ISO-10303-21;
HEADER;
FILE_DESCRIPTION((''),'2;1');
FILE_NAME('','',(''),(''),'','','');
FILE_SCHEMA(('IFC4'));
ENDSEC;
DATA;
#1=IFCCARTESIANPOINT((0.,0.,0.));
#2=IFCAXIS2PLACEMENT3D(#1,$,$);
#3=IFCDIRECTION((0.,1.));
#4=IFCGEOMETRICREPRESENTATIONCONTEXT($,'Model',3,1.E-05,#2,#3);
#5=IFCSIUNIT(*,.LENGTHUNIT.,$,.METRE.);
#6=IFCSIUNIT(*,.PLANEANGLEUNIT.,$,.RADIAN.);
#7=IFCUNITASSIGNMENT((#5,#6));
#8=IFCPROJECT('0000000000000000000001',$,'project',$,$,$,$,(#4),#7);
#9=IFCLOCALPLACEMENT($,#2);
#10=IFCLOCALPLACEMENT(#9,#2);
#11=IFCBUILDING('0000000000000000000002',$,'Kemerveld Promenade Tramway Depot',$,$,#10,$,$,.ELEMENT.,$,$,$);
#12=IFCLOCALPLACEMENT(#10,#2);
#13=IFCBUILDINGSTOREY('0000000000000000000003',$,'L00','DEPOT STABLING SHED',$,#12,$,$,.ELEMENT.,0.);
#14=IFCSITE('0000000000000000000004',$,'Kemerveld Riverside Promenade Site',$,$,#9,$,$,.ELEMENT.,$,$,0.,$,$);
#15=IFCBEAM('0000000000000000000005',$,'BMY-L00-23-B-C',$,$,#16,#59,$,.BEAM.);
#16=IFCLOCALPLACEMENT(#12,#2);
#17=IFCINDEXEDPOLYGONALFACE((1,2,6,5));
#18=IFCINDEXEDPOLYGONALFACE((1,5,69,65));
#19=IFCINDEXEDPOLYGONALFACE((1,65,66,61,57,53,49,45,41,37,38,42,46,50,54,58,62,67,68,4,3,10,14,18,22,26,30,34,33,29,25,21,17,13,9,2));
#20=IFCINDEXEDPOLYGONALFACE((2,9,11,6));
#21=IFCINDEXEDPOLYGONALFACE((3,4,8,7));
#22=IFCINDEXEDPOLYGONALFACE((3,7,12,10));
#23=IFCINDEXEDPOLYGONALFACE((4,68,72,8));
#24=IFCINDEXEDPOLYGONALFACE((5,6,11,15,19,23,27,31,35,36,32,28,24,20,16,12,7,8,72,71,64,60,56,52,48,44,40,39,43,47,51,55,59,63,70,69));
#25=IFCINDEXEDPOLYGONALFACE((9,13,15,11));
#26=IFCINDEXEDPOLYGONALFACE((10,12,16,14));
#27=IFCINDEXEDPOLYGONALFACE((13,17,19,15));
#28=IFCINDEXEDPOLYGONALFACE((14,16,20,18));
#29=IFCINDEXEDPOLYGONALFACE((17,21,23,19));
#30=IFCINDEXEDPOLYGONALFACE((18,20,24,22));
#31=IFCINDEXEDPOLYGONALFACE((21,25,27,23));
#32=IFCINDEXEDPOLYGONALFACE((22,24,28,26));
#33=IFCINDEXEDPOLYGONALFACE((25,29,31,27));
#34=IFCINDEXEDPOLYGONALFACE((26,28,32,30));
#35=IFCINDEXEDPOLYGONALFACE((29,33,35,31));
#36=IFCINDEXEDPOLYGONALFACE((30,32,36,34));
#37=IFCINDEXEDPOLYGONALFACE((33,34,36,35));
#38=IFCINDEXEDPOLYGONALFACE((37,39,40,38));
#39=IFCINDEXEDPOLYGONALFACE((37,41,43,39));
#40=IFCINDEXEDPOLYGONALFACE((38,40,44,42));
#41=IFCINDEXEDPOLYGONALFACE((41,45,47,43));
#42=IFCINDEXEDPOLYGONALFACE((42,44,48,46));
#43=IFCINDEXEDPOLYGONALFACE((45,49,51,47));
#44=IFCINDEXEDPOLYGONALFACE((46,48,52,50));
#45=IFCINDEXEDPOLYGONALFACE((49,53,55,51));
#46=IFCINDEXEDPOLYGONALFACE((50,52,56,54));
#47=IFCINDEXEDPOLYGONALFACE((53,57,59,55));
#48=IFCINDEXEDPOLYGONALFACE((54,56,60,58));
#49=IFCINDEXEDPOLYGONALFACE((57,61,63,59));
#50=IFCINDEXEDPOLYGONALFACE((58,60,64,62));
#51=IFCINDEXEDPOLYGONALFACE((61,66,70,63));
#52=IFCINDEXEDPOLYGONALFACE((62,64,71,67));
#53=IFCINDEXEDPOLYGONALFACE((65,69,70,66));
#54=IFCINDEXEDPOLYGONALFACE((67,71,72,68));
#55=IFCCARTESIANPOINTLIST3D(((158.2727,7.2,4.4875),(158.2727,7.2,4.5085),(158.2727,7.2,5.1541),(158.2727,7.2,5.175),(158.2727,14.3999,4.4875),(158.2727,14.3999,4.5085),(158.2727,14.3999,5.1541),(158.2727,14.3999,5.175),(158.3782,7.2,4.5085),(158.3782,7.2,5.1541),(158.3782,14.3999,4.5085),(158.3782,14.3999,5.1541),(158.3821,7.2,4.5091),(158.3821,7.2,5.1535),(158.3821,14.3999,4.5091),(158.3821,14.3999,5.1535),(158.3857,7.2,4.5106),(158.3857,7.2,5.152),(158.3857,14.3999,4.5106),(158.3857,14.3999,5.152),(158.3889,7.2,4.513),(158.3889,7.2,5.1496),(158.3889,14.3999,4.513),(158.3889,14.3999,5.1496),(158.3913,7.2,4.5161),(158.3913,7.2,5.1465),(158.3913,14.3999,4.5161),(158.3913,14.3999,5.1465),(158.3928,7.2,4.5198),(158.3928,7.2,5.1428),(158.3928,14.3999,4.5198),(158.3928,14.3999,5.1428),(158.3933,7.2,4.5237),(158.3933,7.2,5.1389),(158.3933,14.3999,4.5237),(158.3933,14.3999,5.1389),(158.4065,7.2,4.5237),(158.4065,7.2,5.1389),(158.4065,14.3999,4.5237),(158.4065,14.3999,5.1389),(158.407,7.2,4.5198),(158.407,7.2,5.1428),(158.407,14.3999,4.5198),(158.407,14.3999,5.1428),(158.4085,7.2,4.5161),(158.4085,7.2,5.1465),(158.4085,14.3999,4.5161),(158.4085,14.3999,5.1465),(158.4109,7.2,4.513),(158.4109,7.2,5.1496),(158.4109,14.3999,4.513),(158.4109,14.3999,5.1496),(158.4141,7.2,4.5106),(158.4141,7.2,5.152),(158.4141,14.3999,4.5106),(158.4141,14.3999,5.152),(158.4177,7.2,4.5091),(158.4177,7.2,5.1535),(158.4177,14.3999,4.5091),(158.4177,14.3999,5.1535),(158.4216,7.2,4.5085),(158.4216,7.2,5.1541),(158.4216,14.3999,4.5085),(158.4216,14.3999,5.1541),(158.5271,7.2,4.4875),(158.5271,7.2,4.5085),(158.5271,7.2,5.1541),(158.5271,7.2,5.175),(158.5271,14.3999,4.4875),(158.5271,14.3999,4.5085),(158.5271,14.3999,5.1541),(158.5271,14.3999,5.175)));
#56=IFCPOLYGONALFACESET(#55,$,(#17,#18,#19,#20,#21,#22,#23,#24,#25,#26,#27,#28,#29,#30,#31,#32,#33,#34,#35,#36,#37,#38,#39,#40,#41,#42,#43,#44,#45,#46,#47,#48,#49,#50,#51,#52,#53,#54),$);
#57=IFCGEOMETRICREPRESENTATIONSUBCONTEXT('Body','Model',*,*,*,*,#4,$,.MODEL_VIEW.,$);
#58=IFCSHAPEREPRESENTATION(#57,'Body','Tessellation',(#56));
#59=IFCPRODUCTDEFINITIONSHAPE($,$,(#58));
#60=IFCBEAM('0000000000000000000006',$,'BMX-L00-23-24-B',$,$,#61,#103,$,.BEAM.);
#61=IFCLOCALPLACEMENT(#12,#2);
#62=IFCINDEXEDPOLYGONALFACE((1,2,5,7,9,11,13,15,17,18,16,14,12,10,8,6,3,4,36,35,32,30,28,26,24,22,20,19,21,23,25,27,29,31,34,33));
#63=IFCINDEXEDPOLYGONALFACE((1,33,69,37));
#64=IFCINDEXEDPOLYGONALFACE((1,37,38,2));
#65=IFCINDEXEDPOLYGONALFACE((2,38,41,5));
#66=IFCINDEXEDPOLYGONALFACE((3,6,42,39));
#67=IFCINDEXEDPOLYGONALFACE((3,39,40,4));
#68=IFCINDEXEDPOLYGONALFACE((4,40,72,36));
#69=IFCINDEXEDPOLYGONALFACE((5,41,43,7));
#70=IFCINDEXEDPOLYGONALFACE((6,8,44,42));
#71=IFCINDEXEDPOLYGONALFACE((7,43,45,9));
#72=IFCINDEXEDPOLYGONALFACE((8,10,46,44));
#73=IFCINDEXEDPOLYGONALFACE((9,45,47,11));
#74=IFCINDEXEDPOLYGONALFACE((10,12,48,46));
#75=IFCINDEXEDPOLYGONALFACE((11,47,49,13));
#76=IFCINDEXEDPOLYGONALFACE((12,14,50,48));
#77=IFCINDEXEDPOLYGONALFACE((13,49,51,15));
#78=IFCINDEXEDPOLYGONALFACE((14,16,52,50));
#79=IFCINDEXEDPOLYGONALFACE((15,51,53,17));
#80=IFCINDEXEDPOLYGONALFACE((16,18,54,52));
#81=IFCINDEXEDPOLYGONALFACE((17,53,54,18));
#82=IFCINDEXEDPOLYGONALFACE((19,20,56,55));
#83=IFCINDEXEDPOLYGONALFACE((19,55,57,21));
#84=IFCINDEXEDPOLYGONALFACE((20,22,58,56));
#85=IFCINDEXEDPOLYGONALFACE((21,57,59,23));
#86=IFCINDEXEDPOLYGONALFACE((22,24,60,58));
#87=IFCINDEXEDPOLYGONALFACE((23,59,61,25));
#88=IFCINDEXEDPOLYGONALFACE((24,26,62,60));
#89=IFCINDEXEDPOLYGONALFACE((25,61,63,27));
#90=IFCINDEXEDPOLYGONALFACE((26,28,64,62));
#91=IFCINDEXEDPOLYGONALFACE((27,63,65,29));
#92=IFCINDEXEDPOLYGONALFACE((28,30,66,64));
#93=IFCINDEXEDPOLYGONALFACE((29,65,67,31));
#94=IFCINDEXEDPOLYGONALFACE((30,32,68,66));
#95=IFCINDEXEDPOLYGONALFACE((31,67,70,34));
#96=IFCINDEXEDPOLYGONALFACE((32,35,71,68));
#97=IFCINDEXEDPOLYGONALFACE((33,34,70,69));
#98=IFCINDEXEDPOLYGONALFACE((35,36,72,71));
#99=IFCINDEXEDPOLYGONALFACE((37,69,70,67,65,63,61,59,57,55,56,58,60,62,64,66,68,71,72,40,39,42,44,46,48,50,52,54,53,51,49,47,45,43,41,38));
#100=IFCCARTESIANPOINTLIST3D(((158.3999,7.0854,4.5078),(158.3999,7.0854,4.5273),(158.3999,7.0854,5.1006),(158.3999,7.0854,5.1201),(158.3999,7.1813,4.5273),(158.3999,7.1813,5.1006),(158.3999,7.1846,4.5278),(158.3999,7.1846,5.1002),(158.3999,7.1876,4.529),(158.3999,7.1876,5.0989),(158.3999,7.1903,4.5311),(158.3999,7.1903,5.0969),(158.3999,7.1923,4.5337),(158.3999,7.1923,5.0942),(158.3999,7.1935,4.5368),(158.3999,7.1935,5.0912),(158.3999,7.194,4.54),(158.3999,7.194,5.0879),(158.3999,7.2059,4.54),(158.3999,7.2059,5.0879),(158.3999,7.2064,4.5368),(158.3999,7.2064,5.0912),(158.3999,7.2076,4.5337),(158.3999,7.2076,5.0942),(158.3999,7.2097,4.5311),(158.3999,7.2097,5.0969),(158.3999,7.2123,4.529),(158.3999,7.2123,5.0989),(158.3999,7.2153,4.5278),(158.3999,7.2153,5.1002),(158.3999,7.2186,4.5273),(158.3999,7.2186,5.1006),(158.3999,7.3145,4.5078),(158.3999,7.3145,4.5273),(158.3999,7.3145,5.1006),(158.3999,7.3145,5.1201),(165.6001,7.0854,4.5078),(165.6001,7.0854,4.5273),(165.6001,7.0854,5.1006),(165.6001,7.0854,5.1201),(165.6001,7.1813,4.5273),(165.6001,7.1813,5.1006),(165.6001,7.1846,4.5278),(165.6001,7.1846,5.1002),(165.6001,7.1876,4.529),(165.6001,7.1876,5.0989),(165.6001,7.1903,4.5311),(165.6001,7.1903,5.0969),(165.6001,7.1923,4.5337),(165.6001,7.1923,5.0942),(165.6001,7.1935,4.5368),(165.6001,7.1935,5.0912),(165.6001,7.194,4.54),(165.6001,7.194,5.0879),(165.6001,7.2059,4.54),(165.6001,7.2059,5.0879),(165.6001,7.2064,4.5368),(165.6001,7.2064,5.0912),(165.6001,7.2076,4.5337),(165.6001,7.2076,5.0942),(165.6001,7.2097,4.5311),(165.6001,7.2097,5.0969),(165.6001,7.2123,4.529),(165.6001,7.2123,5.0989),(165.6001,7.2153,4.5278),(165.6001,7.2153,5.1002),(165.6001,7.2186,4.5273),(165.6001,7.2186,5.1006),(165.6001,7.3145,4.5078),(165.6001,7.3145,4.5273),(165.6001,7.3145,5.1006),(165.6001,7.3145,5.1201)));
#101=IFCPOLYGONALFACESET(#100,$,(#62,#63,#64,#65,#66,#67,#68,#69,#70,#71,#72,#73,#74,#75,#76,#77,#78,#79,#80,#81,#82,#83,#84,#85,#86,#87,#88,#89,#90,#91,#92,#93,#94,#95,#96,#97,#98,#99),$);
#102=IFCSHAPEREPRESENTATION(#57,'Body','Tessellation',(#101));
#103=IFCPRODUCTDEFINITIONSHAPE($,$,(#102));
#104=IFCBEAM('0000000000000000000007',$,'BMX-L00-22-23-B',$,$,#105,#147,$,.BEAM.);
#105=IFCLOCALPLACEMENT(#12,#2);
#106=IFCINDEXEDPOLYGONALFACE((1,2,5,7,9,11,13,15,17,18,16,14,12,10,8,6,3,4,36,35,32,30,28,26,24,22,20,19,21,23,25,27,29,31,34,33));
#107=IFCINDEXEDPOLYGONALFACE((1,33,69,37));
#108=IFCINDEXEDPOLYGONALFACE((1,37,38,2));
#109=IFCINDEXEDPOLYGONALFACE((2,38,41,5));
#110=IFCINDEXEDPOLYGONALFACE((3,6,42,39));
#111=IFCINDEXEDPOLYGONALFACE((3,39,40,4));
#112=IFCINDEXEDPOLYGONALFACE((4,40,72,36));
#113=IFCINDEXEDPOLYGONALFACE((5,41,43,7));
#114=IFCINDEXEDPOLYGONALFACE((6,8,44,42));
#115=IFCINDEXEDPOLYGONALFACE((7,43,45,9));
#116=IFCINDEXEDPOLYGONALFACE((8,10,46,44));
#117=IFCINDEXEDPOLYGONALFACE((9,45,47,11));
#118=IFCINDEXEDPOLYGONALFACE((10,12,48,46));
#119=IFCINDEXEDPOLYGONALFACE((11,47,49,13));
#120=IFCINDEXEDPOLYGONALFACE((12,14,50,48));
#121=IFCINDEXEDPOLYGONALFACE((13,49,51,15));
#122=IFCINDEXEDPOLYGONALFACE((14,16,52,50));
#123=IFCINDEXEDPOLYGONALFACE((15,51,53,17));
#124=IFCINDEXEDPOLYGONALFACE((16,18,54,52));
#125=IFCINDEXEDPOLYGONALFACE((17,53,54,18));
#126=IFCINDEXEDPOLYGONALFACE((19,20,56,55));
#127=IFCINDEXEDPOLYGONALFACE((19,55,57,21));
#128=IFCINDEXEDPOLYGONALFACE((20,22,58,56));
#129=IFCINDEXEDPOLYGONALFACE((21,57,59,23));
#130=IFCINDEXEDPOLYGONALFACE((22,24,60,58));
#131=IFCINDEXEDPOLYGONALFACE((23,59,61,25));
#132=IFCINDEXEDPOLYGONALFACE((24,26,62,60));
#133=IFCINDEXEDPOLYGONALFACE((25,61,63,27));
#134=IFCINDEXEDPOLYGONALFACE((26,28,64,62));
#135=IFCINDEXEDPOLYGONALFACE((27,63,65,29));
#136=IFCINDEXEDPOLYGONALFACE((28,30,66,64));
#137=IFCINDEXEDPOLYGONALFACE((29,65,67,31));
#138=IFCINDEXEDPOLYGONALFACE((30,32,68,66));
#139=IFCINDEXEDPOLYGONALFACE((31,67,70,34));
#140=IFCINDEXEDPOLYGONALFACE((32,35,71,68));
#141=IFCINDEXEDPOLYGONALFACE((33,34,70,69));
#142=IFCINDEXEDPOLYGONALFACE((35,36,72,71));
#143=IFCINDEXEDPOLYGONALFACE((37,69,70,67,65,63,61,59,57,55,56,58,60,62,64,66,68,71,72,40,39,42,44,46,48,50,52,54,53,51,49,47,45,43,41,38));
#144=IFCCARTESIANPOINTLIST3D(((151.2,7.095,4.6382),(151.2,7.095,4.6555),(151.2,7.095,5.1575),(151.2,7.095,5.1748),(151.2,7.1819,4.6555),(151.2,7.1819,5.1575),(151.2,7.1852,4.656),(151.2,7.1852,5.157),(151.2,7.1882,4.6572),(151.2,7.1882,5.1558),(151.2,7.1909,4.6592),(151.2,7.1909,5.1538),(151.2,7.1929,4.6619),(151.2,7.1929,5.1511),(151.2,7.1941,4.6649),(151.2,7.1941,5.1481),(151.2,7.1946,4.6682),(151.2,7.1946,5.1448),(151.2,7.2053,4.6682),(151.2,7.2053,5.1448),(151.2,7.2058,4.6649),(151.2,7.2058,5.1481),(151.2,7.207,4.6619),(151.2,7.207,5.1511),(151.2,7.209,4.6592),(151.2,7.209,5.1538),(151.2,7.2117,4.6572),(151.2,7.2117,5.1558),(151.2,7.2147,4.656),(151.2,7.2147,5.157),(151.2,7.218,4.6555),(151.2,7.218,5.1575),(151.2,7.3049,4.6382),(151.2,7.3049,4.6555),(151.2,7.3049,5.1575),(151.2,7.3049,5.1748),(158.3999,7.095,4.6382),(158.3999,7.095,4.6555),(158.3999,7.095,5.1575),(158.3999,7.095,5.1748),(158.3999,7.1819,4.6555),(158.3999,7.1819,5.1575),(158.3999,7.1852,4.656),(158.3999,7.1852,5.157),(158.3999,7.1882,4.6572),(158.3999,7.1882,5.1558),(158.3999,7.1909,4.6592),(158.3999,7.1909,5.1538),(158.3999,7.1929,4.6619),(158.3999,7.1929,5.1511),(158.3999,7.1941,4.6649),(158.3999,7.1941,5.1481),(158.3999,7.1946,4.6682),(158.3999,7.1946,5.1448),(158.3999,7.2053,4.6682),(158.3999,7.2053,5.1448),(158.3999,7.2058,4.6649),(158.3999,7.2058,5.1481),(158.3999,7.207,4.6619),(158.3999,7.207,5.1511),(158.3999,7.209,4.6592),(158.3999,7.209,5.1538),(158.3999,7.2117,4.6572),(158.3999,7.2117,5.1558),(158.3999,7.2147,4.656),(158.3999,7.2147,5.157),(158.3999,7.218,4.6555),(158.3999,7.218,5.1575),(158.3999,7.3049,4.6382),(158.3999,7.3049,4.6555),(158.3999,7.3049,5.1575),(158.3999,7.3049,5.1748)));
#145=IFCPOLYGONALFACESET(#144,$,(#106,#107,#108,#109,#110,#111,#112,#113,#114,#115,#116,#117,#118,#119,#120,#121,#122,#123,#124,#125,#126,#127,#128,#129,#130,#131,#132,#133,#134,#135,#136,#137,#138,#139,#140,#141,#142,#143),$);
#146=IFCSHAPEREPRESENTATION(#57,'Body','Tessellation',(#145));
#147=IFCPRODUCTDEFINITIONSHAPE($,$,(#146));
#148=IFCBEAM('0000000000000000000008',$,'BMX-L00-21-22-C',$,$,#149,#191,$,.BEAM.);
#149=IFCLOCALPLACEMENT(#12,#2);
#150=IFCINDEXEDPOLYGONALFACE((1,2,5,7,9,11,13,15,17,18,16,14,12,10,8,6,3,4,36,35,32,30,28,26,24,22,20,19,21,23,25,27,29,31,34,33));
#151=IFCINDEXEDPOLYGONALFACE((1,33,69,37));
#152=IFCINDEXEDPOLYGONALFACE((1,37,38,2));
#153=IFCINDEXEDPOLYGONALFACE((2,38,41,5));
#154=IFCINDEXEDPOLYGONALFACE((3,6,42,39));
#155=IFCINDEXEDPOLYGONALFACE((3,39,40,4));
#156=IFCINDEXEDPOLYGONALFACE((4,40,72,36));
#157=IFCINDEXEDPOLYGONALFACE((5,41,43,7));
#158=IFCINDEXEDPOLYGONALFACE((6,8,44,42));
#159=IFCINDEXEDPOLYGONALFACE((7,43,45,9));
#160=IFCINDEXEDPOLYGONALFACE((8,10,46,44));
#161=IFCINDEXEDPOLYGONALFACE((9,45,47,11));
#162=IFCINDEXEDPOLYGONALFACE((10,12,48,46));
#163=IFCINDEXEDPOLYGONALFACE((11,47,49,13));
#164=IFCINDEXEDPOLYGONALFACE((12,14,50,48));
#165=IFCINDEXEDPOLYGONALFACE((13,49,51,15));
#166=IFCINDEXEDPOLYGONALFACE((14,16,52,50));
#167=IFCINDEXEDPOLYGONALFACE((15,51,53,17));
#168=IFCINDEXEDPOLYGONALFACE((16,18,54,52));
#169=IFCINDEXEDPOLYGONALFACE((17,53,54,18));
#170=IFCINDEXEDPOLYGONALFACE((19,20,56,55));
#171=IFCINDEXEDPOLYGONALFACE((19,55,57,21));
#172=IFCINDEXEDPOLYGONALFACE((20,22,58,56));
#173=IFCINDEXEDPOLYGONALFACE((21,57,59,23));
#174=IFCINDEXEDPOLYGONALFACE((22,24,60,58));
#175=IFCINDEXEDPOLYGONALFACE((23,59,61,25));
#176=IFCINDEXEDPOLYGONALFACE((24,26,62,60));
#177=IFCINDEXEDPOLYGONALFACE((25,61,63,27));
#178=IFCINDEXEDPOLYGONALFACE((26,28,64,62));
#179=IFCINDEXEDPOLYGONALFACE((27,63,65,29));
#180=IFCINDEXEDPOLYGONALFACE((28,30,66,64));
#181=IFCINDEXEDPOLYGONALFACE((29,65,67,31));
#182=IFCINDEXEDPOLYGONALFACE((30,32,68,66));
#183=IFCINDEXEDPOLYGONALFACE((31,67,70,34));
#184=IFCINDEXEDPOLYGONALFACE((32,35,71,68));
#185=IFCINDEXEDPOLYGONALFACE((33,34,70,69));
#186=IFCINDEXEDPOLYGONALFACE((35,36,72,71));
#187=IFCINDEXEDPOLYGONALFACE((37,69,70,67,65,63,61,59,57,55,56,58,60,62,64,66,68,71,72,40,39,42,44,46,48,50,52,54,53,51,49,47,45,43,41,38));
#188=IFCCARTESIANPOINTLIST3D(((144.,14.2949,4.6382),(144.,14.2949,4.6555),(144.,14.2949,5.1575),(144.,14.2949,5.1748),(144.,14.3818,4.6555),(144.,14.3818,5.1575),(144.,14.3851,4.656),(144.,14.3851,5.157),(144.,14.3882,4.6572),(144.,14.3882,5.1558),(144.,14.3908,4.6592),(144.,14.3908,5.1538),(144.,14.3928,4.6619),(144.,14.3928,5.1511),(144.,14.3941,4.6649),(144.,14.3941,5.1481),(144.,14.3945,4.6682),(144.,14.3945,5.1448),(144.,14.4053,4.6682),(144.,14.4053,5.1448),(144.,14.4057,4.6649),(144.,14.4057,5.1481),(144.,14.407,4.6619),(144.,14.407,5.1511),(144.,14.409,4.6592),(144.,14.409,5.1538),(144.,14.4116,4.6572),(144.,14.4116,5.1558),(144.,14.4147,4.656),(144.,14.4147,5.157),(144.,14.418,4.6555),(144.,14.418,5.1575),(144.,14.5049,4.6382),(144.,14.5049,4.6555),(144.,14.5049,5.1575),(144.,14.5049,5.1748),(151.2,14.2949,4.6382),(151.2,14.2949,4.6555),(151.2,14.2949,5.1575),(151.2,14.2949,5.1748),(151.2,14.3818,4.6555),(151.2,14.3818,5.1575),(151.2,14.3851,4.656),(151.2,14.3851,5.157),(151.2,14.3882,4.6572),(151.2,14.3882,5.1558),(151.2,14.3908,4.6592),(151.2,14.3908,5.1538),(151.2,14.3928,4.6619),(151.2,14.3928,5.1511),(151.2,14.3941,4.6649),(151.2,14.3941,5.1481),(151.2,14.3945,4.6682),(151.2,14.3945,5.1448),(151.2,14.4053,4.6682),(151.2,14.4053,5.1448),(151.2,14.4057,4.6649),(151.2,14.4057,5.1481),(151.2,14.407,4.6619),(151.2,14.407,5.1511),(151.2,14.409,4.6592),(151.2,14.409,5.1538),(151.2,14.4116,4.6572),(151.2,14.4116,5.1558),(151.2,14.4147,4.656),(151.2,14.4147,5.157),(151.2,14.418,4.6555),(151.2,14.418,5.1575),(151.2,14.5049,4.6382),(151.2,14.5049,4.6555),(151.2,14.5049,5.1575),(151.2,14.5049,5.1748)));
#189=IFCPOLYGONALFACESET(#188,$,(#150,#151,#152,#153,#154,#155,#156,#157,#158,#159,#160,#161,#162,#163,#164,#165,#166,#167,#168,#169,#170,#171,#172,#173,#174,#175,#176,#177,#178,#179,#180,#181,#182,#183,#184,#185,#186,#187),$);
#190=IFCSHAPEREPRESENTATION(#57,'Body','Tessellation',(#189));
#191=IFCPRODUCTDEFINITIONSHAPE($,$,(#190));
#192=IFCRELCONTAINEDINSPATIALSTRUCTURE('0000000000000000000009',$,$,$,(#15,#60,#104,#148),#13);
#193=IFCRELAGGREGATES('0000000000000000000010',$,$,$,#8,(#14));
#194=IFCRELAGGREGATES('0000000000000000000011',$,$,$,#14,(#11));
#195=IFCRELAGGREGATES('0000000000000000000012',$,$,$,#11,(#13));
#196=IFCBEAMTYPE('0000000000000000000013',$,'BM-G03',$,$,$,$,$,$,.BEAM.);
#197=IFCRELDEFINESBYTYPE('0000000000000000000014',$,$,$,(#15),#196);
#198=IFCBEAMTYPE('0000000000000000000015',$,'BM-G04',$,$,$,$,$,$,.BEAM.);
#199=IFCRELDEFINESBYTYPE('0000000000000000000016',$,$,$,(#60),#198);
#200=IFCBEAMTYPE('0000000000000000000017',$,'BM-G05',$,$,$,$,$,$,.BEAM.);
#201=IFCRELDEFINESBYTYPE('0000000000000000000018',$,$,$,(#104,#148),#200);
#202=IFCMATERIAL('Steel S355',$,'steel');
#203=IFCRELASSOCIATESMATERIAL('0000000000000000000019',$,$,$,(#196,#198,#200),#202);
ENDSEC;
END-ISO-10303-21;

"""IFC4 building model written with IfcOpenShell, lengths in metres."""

from ifc_helpers import new_model, si_unit, direction, frame, origin, origin_2d, place, context, subcontext, project, spatial, i_section, extrude, material, material_profile, profile_set, type_object, element, save


model = new_model("IFC4")

# Units and contexts
model_context = context("Model", 3, precision=1e-05, world=origin(), true_north=direction((0.0, 1.0)))
body_context = subcontext(model_context, "Body", "Model", "MODEL_VIEW")
ifc_project = project(units=[si_unit("LENGTHUNIT", "METRE"), si_unit("PLANEANGLEUNIT", "RADIAN")], contexts=[model_context])

# Site, building, storey
site_placement = place(None, origin())
site = spatial("IfcSite", under=ifc_project, at=site_placement, Name="Kemerveld Riverside Promenade Site", CompositionType="ELEMENT", RefElevation=0.0)
building_placement = place(site_placement, origin())
building = spatial("IfcBuilding", under=site, at=building_placement, Name="Kemerveld Promenade Tramway Depot", CompositionType="ELEMENT")
storey_placement = place(building_placement, origin())
storey = spatial("IfcBuildingStorey", under=building, at=storey_placement, Name="L00", Description="DEPOT STABLING SHED", CompositionType="ELEMENT", Elevation=0.0)

# Shared definitions
ifc_material_1 = material(Name="Steel S355", Category="steel")

# Beams
ifc_material_profile_1 = material_profile(ifc_material_1, i_section(OverallWidth=0.2544, OverallDepth=0.6875, WebThickness=0.0132, FlangeThickness=0.021, FilletRadius=0.0151, at=origin_2d()), Name="686x254x152 UB")
ifc_profile_set_1 = profile_set([ifc_material_profile_1], Name="Steel S355")
beam_type_1 = type_object("IfcBeamType", Name="BM-G03", PredefinedType="BEAM", material=ifc_profile_set_1)
beam_1_placement = place(storey_placement, frame((158.3999, 7.2, 4.8313), z_axis=(0.0, 1.0, 0.0), x_axis=(-1.0, 0.0, 0.0)))
element("IfcBeam", 1, at=beam_1_placement, inside=storey, type_object=beam_type_1, Name="BMY-L00-23-B-C", PredefinedType="BEAM", context=body_context, shape_type="SweptSolid", body=[
    extrude(i_section(OverallWidth=0.2544, OverallDepth=0.6875, WebThickness=0.0132, FlangeThickness=0.021, FilletRadius=0.0151, at=origin_2d()), origin(), (0.0, 0.0, 1.0), 7.2),
])
ifc_material_profile_2 = material_profile(ifc_material_1, i_section(OverallWidth=0.229, OverallDepth=0.6123, WebThickness=0.012, FlangeThickness=0.0195, FilletRadius=0.0127, at=origin_2d()), Name="610x229x125 UB")
ifc_profile_set_2 = profile_set([ifc_material_profile_2], Name="Steel S355")
beam_type_2 = type_object("IfcBeamType", Name="BM-G04", PredefinedType="BEAM", material=ifc_profile_set_2)
beam_2_placement = place(storey_placement, frame((158.3999, 7.2, 4.814), z_axis=(1.0, 0.0, 0.0), x_axis=(0.0, 1.0, 0.0)))
element("IfcBeam", 2, at=beam_2_placement, inside=storey, type_object=beam_type_2, Name="BMX-L00-23-24-B", PredefinedType="BEAM", context=body_context, shape_type="SweptSolid", body=[
    extrude(i_section(OverallWidth=0.229, OverallDepth=0.6123, WebThickness=0.012, FlangeThickness=0.0195, FilletRadius=0.0127, at=origin_2d()), origin(), (0.0, 0.0, 1.0), 7.2002),
])
ifc_material_profile_3 = material_profile(ifc_material_1, i_section(OverallWidth=0.21, OverallDepth=0.5366, WebThickness=0.0107, FlangeThickness=0.0173, FilletRadius=0.0127, at=origin_2d()), Name="533x210x101 UB")
ifc_profile_set_3 = profile_set([ifc_material_profile_3], Name="Steel S355")
beam_type_3 = type_object("IfcBeamType", Name="BM-G05", PredefinedType="BEAM", material=ifc_profile_set_3)
for number, where, z_axis, x_axis, name in (
    (3, (151.2, 7.2, 4.9065), (1.0, 0.0, 0.0), (0.0, 1.0, 0.0), "BMX-L00-22-23-B"),
    (4, (144.0, 14.3999, 4.9065), (1.0, 0.0, 0.0), (0.0, 1.0, 0.0), "BMX-L00-21-22-C"),
):
    element("IfcBeam", number, at=place(storey_placement, frame(where, z_axis=z_axis, x_axis=x_axis)), inside=storey, type_object=beam_type_3, Name=name, PredefinedType="BEAM", context=body_context, shape_type="SweptSolid", body=[
        extrude(i_section(OverallWidth=0.21, OverallDepth=0.5366, WebThickness=0.0107, FlangeThickness=0.0173, FilletRadius=0.0127, at=origin_2d()), origin(), (0.0, 0.0, 1.0), 7.2),
    ])

save(model, "model.ifc")
